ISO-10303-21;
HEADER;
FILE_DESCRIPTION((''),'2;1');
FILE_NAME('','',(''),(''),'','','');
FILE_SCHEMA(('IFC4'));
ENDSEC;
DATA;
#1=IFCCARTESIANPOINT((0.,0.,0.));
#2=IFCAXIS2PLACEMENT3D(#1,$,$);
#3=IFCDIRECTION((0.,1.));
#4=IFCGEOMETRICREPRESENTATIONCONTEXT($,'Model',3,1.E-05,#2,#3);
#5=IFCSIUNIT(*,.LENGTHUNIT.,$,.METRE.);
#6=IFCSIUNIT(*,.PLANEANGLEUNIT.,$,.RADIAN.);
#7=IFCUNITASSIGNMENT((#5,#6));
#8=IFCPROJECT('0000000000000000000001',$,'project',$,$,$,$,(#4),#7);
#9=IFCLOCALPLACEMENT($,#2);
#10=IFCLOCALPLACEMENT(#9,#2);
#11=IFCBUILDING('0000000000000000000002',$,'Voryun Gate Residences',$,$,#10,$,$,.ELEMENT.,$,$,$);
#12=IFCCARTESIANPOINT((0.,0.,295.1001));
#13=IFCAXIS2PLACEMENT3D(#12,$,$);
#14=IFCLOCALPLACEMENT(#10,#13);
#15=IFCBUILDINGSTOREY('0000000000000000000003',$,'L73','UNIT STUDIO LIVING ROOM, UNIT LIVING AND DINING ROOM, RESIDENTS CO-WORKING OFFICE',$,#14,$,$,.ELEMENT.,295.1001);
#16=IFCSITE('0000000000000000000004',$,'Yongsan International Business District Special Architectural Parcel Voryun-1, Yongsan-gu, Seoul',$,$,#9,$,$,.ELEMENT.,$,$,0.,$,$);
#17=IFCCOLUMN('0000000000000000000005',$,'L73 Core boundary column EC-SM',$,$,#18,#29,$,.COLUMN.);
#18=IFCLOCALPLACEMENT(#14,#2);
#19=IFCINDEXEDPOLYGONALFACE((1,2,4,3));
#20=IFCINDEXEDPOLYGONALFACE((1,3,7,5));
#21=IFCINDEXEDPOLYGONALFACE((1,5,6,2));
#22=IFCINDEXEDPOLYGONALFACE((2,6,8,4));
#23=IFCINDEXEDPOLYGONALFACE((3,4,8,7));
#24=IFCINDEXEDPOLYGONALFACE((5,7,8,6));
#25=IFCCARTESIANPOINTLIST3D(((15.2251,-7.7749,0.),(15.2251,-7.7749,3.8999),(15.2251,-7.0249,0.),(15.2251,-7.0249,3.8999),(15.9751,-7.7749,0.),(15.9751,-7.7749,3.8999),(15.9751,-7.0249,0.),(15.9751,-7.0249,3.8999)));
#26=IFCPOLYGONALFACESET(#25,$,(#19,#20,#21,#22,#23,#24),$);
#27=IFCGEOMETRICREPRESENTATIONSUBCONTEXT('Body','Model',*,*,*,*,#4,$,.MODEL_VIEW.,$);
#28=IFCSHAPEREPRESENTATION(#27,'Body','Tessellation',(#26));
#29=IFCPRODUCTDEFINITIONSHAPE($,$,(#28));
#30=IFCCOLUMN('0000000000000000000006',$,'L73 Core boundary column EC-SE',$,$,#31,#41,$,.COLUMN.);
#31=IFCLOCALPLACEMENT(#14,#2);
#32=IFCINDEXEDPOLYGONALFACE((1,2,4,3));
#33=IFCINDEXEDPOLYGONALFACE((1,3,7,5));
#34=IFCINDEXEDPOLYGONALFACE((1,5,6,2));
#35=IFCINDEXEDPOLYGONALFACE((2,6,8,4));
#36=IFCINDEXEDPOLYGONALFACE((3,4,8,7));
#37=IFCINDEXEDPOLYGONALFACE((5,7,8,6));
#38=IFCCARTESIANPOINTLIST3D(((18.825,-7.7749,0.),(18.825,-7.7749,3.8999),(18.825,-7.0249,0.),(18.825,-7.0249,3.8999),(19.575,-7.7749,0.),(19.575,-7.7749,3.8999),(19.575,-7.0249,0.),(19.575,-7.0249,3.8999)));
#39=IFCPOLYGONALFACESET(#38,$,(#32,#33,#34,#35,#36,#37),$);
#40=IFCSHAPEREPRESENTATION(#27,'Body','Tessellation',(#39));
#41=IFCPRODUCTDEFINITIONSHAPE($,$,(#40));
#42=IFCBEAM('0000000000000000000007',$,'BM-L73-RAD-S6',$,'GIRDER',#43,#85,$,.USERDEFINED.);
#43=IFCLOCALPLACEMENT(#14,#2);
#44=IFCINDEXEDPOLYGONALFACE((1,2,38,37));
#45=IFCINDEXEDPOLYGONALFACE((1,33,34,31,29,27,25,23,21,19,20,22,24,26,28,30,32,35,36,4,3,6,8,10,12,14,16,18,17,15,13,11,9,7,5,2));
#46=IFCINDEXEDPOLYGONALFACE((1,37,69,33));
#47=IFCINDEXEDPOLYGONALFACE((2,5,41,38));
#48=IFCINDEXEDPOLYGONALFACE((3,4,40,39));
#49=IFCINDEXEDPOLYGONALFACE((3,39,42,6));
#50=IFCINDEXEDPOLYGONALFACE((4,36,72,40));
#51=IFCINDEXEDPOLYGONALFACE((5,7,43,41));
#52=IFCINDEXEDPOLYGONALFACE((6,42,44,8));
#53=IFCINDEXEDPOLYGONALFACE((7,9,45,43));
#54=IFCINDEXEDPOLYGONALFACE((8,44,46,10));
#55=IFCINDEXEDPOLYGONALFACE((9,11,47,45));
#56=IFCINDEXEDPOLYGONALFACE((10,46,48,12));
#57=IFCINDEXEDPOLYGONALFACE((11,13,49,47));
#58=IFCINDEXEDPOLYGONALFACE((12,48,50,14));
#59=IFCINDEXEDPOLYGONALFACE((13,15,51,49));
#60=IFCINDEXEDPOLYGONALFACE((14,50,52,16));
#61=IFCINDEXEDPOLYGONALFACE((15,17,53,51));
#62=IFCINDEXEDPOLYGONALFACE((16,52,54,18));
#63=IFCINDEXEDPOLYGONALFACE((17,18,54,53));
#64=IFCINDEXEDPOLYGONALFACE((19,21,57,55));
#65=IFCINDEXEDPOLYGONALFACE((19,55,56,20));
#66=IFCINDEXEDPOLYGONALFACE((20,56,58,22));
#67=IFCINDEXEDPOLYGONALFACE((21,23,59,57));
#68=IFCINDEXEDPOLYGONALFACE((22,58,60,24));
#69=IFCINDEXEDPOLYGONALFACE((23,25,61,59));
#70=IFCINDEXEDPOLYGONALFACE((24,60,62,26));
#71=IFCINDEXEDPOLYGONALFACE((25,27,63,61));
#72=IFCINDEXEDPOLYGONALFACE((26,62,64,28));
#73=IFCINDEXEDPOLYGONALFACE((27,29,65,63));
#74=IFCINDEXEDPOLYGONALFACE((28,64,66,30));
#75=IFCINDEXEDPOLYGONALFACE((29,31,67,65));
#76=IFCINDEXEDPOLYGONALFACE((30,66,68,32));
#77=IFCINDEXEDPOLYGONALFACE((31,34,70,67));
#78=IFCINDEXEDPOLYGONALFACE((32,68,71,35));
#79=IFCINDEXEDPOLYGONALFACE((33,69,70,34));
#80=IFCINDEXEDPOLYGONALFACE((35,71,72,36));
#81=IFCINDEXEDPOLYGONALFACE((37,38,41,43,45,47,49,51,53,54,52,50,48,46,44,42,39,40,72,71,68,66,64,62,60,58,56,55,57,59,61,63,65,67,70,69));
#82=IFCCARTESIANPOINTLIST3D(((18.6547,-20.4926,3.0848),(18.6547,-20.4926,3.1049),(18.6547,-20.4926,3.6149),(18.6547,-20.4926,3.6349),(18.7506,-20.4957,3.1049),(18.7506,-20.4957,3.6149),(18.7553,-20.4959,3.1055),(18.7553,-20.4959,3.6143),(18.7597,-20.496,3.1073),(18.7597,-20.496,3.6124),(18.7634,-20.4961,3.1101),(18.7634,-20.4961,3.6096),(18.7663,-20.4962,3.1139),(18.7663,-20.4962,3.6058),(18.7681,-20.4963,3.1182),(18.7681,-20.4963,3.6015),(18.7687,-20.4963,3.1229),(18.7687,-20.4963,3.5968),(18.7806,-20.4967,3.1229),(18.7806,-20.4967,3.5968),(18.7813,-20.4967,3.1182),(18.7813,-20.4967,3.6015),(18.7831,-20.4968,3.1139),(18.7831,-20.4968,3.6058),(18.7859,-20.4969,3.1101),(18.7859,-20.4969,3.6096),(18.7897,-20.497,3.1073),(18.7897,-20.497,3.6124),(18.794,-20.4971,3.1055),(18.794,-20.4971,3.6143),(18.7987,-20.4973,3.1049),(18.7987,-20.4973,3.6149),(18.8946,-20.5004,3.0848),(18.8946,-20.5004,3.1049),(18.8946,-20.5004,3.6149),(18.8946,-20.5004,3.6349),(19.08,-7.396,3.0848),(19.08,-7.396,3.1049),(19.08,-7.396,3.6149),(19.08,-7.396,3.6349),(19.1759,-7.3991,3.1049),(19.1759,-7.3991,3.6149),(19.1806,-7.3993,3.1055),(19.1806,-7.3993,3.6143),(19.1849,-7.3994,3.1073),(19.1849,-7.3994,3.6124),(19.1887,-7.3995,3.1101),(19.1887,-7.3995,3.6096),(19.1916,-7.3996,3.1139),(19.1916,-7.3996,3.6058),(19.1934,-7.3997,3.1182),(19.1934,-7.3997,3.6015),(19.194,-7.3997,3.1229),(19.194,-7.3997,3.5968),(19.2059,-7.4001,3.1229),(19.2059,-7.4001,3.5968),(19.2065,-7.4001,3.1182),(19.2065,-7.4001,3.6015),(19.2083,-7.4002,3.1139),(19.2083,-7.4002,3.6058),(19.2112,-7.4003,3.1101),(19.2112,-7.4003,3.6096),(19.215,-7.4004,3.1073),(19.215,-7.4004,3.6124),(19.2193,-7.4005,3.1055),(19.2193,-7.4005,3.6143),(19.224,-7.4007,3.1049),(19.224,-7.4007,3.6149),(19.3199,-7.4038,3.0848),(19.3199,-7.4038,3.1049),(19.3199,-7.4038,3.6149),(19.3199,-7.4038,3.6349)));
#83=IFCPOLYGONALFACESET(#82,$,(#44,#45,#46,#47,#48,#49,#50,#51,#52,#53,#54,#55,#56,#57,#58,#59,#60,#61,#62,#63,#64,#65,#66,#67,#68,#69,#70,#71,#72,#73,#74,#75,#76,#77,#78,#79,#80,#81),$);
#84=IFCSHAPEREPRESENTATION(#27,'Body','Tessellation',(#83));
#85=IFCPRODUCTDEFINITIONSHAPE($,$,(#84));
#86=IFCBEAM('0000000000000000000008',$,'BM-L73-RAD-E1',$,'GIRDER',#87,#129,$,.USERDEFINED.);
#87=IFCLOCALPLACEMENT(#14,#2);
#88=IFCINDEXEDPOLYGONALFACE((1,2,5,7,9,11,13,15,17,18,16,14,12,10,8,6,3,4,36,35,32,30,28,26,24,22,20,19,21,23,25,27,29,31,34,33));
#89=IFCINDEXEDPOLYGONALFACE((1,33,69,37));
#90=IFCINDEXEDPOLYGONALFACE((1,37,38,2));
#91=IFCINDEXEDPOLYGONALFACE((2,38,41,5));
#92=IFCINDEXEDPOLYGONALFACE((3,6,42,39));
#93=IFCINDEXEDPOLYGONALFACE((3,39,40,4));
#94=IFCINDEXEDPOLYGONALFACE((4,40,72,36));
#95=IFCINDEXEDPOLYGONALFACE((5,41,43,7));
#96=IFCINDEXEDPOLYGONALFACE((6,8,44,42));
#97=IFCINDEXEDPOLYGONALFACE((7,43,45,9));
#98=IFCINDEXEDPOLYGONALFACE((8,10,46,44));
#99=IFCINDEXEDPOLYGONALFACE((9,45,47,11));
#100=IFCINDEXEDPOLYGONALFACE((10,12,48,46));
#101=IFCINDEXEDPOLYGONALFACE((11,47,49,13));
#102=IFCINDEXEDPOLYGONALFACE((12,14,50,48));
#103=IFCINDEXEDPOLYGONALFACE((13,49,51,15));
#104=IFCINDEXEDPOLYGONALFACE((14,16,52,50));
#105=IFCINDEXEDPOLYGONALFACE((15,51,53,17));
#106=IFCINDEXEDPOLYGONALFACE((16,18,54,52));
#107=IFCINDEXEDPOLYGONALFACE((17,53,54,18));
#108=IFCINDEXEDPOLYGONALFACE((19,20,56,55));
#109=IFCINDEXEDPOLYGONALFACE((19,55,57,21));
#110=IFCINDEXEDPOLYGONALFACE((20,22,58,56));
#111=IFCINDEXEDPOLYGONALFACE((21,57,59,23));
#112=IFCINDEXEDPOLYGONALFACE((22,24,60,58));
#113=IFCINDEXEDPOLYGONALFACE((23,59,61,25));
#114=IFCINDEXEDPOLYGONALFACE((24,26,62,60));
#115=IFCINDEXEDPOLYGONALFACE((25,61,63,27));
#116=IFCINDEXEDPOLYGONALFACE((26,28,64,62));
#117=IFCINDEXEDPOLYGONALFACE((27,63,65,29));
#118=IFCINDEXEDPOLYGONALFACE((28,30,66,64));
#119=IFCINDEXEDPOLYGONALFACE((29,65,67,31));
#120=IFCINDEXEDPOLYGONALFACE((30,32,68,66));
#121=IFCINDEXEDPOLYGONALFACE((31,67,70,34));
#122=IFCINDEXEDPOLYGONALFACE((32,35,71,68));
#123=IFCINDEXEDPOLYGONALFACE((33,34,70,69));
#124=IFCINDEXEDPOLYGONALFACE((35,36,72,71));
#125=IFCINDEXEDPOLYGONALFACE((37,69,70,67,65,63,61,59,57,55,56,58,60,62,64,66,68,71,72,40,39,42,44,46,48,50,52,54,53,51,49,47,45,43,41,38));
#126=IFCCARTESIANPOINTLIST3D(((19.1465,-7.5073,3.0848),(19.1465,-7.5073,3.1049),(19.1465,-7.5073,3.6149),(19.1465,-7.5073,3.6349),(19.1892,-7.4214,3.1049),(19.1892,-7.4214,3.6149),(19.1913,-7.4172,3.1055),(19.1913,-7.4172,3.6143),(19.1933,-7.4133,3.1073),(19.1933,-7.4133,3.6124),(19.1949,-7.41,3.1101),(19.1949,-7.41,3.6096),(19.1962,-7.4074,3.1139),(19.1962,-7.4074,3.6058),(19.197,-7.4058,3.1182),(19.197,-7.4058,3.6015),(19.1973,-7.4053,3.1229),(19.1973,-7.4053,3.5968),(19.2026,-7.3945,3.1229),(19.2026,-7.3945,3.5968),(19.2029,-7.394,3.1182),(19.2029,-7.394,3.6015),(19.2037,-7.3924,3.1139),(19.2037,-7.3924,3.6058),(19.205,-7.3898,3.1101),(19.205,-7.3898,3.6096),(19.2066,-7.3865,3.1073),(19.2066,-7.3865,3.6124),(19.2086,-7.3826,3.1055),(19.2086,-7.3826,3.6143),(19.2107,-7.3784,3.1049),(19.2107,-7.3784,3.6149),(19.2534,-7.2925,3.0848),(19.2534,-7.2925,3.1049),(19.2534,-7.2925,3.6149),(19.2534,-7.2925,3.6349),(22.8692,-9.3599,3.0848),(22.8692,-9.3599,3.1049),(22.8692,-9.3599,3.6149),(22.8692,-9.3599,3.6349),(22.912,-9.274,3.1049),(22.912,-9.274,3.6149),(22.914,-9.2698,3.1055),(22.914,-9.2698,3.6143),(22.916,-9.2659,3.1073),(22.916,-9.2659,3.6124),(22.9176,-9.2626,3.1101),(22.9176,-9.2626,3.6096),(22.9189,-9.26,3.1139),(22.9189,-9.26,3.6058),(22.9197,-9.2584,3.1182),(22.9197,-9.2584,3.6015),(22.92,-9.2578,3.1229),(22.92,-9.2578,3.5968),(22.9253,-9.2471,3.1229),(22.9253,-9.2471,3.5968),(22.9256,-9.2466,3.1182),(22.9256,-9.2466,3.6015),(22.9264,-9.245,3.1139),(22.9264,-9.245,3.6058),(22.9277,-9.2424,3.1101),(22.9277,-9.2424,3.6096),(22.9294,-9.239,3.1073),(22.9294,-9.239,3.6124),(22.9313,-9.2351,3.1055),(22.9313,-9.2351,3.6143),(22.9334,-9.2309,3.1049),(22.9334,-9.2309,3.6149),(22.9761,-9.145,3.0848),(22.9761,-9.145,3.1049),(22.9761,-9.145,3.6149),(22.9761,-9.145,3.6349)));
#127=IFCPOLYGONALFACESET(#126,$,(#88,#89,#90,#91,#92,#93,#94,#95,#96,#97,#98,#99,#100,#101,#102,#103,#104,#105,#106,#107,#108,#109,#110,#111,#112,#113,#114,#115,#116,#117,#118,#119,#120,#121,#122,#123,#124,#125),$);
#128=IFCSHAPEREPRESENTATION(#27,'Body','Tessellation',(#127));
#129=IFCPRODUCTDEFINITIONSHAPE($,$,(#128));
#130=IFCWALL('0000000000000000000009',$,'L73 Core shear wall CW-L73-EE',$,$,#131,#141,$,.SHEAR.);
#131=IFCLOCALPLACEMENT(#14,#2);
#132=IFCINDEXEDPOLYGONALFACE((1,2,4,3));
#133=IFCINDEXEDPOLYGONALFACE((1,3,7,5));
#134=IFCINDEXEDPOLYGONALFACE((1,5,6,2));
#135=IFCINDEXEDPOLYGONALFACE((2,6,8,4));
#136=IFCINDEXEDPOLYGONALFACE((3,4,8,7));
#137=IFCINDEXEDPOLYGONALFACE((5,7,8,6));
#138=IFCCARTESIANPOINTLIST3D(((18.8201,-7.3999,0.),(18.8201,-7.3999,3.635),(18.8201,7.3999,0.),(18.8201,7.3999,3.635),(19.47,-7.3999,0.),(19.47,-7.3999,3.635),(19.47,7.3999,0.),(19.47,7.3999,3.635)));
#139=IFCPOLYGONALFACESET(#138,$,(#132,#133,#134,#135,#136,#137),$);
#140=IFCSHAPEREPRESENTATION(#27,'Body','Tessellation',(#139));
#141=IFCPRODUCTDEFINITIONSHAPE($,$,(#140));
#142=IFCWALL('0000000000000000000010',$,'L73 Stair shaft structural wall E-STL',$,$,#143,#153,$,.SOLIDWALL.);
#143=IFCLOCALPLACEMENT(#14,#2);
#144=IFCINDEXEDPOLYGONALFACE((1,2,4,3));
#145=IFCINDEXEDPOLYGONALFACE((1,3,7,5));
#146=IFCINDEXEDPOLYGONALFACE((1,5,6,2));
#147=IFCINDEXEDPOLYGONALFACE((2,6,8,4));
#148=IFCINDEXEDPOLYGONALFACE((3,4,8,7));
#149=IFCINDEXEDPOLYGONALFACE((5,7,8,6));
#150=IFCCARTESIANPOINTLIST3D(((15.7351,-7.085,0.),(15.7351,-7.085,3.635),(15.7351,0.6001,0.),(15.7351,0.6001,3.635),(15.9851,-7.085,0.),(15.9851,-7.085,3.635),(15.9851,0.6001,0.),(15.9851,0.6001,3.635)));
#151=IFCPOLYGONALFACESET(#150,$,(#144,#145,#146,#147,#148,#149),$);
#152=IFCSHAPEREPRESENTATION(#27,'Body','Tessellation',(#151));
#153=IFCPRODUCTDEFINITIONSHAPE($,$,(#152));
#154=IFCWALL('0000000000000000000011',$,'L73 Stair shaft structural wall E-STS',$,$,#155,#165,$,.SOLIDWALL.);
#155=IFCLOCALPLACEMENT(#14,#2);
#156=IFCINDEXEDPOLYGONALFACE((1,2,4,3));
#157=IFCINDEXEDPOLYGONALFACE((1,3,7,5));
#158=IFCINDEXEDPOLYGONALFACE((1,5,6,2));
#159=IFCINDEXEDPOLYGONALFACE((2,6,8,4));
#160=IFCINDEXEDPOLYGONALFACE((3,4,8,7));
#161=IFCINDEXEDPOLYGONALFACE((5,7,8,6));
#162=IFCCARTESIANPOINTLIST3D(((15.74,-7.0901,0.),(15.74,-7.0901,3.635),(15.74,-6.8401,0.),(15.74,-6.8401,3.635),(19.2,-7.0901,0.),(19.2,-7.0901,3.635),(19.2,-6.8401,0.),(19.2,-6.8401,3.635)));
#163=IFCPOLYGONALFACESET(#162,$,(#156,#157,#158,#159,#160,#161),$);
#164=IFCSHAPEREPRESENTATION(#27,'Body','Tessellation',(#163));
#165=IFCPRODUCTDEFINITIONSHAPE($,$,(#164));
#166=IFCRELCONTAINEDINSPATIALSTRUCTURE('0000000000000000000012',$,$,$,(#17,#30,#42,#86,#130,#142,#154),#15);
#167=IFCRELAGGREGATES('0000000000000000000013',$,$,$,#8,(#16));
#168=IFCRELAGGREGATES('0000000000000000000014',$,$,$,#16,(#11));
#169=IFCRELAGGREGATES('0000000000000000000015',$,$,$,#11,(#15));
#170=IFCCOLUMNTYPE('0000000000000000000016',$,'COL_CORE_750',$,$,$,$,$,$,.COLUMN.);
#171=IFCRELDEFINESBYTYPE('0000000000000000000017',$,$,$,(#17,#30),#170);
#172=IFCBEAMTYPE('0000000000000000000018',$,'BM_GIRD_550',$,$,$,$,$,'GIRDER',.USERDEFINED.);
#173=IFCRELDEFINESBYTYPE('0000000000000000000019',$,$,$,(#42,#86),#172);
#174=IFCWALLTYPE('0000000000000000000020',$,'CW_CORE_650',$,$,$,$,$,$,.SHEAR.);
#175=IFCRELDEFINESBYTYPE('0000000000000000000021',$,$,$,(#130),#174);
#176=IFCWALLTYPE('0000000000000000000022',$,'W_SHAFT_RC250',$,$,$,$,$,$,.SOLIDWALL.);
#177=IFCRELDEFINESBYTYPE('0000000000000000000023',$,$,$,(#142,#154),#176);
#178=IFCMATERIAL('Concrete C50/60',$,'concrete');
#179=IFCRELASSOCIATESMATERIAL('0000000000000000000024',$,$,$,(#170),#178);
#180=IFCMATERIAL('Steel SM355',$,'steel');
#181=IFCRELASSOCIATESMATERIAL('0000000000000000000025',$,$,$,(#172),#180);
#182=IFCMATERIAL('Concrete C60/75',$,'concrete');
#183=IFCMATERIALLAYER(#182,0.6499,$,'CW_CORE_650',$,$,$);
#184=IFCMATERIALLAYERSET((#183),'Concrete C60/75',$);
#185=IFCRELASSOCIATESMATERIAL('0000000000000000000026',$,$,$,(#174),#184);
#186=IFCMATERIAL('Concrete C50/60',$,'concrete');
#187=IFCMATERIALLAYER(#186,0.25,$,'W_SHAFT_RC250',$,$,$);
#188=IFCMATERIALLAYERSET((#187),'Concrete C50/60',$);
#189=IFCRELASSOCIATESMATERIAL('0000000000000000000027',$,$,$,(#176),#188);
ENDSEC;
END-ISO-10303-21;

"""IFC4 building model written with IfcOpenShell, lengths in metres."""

from ifc_helpers import new_model, si_unit, direction, frame, frame_2d, origin, origin_2d, place, context, subcontext, project, spatial, rectangle, i_section, extrude, material, layer, layer_set, material_profile, profile_set, type_object, element, save


model = new_model("IFC4")

# Units and contexts
model_context = context("Model", 3, precision=1e-05, world=origin(), true_north=direction((0.0, 1.0)))
body_context = subcontext(model_context, "Body", "Model", "MODEL_VIEW")
ifc_project = project(units=[si_unit("LENGTHUNIT", "METRE"), si_unit("PLANEANGLEUNIT", "RADIAN")], contexts=[model_context])

# Site, building, storey
site_placement = place(None, origin())
site = spatial("IfcSite", under=ifc_project, at=site_placement, Name="Yongsan International Business District Special Architectural Parcel Voryun-1, Yongsan-gu, Seoul", CompositionType="ELEMENT", RefElevation=0.0)
building_placement = place(site_placement, origin())
building = spatial("IfcBuilding", under=site, at=building_placement, Name="Voryun Gate Residences", CompositionType="ELEMENT")
storey_placement = place(building_placement, frame((0.0, 0.0, 295.1001)))
storey = spatial("IfcBuildingStorey", under=building, at=storey_placement, Name="L73", Description="UNIT STUDIO LIVING ROOM, UNIT LIVING AND DINING ROOM, RESIDENTS CO-WORKING OFFICE", CompositionType="ELEMENT", Elevation=295.1001)

# Columns
ifc_material_1 = material(Name="Concrete C50/60", Category="concrete")
ifc_material_profile_1 = material_profile(ifc_material_1, rectangle(XDim=0.75, YDim=0.75, at=origin_2d()), Name="RC-750x750")
ifc_profile_set_1 = profile_set([ifc_material_profile_1], Name="Concrete C50/60")
column_type = type_object("IfcColumnType", Name="COL_CORE_750", PredefinedType="COLUMN", material=ifc_profile_set_1)
for number, where, z_axis, x_axis, name in (
    (1, (15.6001, -7.3999, 0.0), (0.0, 0.0, 1.0), (1.0, 0.0, 0.0), "L73 Core boundary column EC-SM"),
    (2, (19.2, -7.3999, 0.0), (0.0, 0.0, 1.0), (1.0, 0.0, 0.0), "L73 Core boundary column EC-SE"),
):
    element("IfcColumn", number, at=place(storey_placement, frame(where, z_axis=z_axis, x_axis=x_axis)), inside=storey, type_object=column_type, Name=name, PredefinedType="COLUMN", context=body_context, shape_type="SweptSolid", body=[
        extrude(rectangle(XDim=0.75, YDim=0.75, at=origin_2d()), origin(), (0.0, 0.0, 1.0), 3.8999),
    ])

# Beams
ifc_material_2 = material(Name="Steel SM355", Category="steel")
ifc_material_profile_2 = material_profile(ifc_material_2, i_section(OverallWidth=0.24, OverallDepth=0.55, WebThickness=0.012, FlangeThickness=0.02, FilletRadius=0.0181, at=origin_2d()), Name="H-550x240x12x20")
ifc_profile_set_2 = profile_set([ifc_material_profile_2], Name="Steel SM355")
beam_type = type_object("IfcBeamType", Name="BM_GIRD_550", ElementType="GIRDER", PredefinedType="USERDEFINED", material=ifc_profile_set_2)
beam_1_placement = place(storey_placement, frame((19.2, -7.3999, 3.3599), z_axis=(-0.032456, -0.999473, 0.0), x_axis=(0.999473, -0.032456, 0.0)))
element("IfcBeam", 3, at=beam_1_placement, inside=storey, type_object=beam_type, Name="BM-L73-RAD-S6", ObjectType="GIRDER", PredefinedType="USERDEFINED", context=body_context, shape_type="SweptSolid", body=[
    extrude(i_section(OverallWidth=0.24, OverallDepth=0.55, WebThickness=0.012, FlangeThickness=0.02, FilletRadius=0.0181, at=origin_2d()), origin(), (0.0, 0.0, 1.0), 13.1035),
])
beam_2_placement = place(storey_placement, frame((19.2, -7.3999, 3.3599), z_axis=(0.895271, -0.445522, 0.0), x_axis=(0.445522, 0.895271, 0.0)))
element("IfcBeam", 4, at=beam_2_placement, inside=storey, type_object=beam_type, Name="BM-L73-RAD-E1", ObjectType="GIRDER", PredefinedType="USERDEFINED", context=body_context, shape_type="SweptSolid", body=[
    extrude(i_section(OverallWidth=0.24, OverallDepth=0.55, WebThickness=0.012, FlangeThickness=0.02, FilletRadius=0.0181, at=origin_2d()), origin(), (0.0, 0.0, 1.0), 4.1582),
])

# Walls
ifc_material_3 = material(Name="Concrete C60/75", Category="concrete")
ifc_layer_1 = layer(ifc_material_3, 0.6499, Name="CW_CORE_650")
ifc_layer_set_1 = layer_set([ifc_layer_1], Name="Concrete C60/75")
wall_type_1 = type_object("IfcWallType", Name="CW_CORE_650", PredefinedType="SHEAR", material=ifc_layer_set_1)
wall_1_placement = place(storey_placement, frame((19.145, -7.3999, 0.0), z_axis=(0.0, 0.0, 1.0), x_axis=(0.0, 1.0, 0.0)))
element("IfcWall", 5, at=wall_1_placement, inside=storey, type_object=wall_type_1, Name="L73 Core shear wall CW-L73-EE", PredefinedType="SHEAR", context=body_context, shape_type="SweptSolid", body=[
    extrude(rectangle(XDim=14.7998, YDim=0.6499, at=frame_2d((7.3999, 0.0))), origin(), (0.0, 0.0, 1.0), 3.635),
])
ifc_material_4 = material(Name="Concrete C50/60", Category="concrete")
ifc_layer_2 = layer(ifc_material_4, 0.25, Name="W_SHAFT_RC250")
ifc_layer_set_2 = layer_set([ifc_layer_2], Name="Concrete C50/60")
wall_type_2 = type_object("IfcWallType", Name="W_SHAFT_RC250", PredefinedType="SOLIDWALL", material=ifc_layer_set_2)
wall_2_placement = place(storey_placement, frame((15.8601, -7.085, 0.0), z_axis=(0.0, 0.0, 1.0), x_axis=(0.0, 1.0, 0.0)))
element("IfcWall", 6, at=wall_2_placement, inside=storey, type_object=wall_type_2, Name="L73 Stair shaft structural wall E-STL", PredefinedType="SOLIDWALL", context=body_context, shape_type="SweptSolid", body=[
    extrude(rectangle(XDim=7.6851, YDim=0.25, at=frame_2d((3.8425, 0.0))), origin(), (0.0, 0.0, 1.0), 3.635),
])
wall_3_placement = place(storey_placement, frame((15.74, -6.9651, 0.0), z_axis=(0.0, 0.0, 1.0), x_axis=(1.0, 0.0, 0.0)))
element("IfcWall", 7, at=wall_3_placement, inside=storey, type_object=wall_type_2, Name="L73 Stair shaft structural wall E-STS", PredefinedType="SOLIDWALL", context=body_context, shape_type="SweptSolid", body=[
    extrude(rectangle(XDim=3.46, YDim=0.25, at=frame_2d((1.73, 0.0))), origin(), (0.0, 0.0, 1.0), 3.635),
])

save(model, "model.ifc")
